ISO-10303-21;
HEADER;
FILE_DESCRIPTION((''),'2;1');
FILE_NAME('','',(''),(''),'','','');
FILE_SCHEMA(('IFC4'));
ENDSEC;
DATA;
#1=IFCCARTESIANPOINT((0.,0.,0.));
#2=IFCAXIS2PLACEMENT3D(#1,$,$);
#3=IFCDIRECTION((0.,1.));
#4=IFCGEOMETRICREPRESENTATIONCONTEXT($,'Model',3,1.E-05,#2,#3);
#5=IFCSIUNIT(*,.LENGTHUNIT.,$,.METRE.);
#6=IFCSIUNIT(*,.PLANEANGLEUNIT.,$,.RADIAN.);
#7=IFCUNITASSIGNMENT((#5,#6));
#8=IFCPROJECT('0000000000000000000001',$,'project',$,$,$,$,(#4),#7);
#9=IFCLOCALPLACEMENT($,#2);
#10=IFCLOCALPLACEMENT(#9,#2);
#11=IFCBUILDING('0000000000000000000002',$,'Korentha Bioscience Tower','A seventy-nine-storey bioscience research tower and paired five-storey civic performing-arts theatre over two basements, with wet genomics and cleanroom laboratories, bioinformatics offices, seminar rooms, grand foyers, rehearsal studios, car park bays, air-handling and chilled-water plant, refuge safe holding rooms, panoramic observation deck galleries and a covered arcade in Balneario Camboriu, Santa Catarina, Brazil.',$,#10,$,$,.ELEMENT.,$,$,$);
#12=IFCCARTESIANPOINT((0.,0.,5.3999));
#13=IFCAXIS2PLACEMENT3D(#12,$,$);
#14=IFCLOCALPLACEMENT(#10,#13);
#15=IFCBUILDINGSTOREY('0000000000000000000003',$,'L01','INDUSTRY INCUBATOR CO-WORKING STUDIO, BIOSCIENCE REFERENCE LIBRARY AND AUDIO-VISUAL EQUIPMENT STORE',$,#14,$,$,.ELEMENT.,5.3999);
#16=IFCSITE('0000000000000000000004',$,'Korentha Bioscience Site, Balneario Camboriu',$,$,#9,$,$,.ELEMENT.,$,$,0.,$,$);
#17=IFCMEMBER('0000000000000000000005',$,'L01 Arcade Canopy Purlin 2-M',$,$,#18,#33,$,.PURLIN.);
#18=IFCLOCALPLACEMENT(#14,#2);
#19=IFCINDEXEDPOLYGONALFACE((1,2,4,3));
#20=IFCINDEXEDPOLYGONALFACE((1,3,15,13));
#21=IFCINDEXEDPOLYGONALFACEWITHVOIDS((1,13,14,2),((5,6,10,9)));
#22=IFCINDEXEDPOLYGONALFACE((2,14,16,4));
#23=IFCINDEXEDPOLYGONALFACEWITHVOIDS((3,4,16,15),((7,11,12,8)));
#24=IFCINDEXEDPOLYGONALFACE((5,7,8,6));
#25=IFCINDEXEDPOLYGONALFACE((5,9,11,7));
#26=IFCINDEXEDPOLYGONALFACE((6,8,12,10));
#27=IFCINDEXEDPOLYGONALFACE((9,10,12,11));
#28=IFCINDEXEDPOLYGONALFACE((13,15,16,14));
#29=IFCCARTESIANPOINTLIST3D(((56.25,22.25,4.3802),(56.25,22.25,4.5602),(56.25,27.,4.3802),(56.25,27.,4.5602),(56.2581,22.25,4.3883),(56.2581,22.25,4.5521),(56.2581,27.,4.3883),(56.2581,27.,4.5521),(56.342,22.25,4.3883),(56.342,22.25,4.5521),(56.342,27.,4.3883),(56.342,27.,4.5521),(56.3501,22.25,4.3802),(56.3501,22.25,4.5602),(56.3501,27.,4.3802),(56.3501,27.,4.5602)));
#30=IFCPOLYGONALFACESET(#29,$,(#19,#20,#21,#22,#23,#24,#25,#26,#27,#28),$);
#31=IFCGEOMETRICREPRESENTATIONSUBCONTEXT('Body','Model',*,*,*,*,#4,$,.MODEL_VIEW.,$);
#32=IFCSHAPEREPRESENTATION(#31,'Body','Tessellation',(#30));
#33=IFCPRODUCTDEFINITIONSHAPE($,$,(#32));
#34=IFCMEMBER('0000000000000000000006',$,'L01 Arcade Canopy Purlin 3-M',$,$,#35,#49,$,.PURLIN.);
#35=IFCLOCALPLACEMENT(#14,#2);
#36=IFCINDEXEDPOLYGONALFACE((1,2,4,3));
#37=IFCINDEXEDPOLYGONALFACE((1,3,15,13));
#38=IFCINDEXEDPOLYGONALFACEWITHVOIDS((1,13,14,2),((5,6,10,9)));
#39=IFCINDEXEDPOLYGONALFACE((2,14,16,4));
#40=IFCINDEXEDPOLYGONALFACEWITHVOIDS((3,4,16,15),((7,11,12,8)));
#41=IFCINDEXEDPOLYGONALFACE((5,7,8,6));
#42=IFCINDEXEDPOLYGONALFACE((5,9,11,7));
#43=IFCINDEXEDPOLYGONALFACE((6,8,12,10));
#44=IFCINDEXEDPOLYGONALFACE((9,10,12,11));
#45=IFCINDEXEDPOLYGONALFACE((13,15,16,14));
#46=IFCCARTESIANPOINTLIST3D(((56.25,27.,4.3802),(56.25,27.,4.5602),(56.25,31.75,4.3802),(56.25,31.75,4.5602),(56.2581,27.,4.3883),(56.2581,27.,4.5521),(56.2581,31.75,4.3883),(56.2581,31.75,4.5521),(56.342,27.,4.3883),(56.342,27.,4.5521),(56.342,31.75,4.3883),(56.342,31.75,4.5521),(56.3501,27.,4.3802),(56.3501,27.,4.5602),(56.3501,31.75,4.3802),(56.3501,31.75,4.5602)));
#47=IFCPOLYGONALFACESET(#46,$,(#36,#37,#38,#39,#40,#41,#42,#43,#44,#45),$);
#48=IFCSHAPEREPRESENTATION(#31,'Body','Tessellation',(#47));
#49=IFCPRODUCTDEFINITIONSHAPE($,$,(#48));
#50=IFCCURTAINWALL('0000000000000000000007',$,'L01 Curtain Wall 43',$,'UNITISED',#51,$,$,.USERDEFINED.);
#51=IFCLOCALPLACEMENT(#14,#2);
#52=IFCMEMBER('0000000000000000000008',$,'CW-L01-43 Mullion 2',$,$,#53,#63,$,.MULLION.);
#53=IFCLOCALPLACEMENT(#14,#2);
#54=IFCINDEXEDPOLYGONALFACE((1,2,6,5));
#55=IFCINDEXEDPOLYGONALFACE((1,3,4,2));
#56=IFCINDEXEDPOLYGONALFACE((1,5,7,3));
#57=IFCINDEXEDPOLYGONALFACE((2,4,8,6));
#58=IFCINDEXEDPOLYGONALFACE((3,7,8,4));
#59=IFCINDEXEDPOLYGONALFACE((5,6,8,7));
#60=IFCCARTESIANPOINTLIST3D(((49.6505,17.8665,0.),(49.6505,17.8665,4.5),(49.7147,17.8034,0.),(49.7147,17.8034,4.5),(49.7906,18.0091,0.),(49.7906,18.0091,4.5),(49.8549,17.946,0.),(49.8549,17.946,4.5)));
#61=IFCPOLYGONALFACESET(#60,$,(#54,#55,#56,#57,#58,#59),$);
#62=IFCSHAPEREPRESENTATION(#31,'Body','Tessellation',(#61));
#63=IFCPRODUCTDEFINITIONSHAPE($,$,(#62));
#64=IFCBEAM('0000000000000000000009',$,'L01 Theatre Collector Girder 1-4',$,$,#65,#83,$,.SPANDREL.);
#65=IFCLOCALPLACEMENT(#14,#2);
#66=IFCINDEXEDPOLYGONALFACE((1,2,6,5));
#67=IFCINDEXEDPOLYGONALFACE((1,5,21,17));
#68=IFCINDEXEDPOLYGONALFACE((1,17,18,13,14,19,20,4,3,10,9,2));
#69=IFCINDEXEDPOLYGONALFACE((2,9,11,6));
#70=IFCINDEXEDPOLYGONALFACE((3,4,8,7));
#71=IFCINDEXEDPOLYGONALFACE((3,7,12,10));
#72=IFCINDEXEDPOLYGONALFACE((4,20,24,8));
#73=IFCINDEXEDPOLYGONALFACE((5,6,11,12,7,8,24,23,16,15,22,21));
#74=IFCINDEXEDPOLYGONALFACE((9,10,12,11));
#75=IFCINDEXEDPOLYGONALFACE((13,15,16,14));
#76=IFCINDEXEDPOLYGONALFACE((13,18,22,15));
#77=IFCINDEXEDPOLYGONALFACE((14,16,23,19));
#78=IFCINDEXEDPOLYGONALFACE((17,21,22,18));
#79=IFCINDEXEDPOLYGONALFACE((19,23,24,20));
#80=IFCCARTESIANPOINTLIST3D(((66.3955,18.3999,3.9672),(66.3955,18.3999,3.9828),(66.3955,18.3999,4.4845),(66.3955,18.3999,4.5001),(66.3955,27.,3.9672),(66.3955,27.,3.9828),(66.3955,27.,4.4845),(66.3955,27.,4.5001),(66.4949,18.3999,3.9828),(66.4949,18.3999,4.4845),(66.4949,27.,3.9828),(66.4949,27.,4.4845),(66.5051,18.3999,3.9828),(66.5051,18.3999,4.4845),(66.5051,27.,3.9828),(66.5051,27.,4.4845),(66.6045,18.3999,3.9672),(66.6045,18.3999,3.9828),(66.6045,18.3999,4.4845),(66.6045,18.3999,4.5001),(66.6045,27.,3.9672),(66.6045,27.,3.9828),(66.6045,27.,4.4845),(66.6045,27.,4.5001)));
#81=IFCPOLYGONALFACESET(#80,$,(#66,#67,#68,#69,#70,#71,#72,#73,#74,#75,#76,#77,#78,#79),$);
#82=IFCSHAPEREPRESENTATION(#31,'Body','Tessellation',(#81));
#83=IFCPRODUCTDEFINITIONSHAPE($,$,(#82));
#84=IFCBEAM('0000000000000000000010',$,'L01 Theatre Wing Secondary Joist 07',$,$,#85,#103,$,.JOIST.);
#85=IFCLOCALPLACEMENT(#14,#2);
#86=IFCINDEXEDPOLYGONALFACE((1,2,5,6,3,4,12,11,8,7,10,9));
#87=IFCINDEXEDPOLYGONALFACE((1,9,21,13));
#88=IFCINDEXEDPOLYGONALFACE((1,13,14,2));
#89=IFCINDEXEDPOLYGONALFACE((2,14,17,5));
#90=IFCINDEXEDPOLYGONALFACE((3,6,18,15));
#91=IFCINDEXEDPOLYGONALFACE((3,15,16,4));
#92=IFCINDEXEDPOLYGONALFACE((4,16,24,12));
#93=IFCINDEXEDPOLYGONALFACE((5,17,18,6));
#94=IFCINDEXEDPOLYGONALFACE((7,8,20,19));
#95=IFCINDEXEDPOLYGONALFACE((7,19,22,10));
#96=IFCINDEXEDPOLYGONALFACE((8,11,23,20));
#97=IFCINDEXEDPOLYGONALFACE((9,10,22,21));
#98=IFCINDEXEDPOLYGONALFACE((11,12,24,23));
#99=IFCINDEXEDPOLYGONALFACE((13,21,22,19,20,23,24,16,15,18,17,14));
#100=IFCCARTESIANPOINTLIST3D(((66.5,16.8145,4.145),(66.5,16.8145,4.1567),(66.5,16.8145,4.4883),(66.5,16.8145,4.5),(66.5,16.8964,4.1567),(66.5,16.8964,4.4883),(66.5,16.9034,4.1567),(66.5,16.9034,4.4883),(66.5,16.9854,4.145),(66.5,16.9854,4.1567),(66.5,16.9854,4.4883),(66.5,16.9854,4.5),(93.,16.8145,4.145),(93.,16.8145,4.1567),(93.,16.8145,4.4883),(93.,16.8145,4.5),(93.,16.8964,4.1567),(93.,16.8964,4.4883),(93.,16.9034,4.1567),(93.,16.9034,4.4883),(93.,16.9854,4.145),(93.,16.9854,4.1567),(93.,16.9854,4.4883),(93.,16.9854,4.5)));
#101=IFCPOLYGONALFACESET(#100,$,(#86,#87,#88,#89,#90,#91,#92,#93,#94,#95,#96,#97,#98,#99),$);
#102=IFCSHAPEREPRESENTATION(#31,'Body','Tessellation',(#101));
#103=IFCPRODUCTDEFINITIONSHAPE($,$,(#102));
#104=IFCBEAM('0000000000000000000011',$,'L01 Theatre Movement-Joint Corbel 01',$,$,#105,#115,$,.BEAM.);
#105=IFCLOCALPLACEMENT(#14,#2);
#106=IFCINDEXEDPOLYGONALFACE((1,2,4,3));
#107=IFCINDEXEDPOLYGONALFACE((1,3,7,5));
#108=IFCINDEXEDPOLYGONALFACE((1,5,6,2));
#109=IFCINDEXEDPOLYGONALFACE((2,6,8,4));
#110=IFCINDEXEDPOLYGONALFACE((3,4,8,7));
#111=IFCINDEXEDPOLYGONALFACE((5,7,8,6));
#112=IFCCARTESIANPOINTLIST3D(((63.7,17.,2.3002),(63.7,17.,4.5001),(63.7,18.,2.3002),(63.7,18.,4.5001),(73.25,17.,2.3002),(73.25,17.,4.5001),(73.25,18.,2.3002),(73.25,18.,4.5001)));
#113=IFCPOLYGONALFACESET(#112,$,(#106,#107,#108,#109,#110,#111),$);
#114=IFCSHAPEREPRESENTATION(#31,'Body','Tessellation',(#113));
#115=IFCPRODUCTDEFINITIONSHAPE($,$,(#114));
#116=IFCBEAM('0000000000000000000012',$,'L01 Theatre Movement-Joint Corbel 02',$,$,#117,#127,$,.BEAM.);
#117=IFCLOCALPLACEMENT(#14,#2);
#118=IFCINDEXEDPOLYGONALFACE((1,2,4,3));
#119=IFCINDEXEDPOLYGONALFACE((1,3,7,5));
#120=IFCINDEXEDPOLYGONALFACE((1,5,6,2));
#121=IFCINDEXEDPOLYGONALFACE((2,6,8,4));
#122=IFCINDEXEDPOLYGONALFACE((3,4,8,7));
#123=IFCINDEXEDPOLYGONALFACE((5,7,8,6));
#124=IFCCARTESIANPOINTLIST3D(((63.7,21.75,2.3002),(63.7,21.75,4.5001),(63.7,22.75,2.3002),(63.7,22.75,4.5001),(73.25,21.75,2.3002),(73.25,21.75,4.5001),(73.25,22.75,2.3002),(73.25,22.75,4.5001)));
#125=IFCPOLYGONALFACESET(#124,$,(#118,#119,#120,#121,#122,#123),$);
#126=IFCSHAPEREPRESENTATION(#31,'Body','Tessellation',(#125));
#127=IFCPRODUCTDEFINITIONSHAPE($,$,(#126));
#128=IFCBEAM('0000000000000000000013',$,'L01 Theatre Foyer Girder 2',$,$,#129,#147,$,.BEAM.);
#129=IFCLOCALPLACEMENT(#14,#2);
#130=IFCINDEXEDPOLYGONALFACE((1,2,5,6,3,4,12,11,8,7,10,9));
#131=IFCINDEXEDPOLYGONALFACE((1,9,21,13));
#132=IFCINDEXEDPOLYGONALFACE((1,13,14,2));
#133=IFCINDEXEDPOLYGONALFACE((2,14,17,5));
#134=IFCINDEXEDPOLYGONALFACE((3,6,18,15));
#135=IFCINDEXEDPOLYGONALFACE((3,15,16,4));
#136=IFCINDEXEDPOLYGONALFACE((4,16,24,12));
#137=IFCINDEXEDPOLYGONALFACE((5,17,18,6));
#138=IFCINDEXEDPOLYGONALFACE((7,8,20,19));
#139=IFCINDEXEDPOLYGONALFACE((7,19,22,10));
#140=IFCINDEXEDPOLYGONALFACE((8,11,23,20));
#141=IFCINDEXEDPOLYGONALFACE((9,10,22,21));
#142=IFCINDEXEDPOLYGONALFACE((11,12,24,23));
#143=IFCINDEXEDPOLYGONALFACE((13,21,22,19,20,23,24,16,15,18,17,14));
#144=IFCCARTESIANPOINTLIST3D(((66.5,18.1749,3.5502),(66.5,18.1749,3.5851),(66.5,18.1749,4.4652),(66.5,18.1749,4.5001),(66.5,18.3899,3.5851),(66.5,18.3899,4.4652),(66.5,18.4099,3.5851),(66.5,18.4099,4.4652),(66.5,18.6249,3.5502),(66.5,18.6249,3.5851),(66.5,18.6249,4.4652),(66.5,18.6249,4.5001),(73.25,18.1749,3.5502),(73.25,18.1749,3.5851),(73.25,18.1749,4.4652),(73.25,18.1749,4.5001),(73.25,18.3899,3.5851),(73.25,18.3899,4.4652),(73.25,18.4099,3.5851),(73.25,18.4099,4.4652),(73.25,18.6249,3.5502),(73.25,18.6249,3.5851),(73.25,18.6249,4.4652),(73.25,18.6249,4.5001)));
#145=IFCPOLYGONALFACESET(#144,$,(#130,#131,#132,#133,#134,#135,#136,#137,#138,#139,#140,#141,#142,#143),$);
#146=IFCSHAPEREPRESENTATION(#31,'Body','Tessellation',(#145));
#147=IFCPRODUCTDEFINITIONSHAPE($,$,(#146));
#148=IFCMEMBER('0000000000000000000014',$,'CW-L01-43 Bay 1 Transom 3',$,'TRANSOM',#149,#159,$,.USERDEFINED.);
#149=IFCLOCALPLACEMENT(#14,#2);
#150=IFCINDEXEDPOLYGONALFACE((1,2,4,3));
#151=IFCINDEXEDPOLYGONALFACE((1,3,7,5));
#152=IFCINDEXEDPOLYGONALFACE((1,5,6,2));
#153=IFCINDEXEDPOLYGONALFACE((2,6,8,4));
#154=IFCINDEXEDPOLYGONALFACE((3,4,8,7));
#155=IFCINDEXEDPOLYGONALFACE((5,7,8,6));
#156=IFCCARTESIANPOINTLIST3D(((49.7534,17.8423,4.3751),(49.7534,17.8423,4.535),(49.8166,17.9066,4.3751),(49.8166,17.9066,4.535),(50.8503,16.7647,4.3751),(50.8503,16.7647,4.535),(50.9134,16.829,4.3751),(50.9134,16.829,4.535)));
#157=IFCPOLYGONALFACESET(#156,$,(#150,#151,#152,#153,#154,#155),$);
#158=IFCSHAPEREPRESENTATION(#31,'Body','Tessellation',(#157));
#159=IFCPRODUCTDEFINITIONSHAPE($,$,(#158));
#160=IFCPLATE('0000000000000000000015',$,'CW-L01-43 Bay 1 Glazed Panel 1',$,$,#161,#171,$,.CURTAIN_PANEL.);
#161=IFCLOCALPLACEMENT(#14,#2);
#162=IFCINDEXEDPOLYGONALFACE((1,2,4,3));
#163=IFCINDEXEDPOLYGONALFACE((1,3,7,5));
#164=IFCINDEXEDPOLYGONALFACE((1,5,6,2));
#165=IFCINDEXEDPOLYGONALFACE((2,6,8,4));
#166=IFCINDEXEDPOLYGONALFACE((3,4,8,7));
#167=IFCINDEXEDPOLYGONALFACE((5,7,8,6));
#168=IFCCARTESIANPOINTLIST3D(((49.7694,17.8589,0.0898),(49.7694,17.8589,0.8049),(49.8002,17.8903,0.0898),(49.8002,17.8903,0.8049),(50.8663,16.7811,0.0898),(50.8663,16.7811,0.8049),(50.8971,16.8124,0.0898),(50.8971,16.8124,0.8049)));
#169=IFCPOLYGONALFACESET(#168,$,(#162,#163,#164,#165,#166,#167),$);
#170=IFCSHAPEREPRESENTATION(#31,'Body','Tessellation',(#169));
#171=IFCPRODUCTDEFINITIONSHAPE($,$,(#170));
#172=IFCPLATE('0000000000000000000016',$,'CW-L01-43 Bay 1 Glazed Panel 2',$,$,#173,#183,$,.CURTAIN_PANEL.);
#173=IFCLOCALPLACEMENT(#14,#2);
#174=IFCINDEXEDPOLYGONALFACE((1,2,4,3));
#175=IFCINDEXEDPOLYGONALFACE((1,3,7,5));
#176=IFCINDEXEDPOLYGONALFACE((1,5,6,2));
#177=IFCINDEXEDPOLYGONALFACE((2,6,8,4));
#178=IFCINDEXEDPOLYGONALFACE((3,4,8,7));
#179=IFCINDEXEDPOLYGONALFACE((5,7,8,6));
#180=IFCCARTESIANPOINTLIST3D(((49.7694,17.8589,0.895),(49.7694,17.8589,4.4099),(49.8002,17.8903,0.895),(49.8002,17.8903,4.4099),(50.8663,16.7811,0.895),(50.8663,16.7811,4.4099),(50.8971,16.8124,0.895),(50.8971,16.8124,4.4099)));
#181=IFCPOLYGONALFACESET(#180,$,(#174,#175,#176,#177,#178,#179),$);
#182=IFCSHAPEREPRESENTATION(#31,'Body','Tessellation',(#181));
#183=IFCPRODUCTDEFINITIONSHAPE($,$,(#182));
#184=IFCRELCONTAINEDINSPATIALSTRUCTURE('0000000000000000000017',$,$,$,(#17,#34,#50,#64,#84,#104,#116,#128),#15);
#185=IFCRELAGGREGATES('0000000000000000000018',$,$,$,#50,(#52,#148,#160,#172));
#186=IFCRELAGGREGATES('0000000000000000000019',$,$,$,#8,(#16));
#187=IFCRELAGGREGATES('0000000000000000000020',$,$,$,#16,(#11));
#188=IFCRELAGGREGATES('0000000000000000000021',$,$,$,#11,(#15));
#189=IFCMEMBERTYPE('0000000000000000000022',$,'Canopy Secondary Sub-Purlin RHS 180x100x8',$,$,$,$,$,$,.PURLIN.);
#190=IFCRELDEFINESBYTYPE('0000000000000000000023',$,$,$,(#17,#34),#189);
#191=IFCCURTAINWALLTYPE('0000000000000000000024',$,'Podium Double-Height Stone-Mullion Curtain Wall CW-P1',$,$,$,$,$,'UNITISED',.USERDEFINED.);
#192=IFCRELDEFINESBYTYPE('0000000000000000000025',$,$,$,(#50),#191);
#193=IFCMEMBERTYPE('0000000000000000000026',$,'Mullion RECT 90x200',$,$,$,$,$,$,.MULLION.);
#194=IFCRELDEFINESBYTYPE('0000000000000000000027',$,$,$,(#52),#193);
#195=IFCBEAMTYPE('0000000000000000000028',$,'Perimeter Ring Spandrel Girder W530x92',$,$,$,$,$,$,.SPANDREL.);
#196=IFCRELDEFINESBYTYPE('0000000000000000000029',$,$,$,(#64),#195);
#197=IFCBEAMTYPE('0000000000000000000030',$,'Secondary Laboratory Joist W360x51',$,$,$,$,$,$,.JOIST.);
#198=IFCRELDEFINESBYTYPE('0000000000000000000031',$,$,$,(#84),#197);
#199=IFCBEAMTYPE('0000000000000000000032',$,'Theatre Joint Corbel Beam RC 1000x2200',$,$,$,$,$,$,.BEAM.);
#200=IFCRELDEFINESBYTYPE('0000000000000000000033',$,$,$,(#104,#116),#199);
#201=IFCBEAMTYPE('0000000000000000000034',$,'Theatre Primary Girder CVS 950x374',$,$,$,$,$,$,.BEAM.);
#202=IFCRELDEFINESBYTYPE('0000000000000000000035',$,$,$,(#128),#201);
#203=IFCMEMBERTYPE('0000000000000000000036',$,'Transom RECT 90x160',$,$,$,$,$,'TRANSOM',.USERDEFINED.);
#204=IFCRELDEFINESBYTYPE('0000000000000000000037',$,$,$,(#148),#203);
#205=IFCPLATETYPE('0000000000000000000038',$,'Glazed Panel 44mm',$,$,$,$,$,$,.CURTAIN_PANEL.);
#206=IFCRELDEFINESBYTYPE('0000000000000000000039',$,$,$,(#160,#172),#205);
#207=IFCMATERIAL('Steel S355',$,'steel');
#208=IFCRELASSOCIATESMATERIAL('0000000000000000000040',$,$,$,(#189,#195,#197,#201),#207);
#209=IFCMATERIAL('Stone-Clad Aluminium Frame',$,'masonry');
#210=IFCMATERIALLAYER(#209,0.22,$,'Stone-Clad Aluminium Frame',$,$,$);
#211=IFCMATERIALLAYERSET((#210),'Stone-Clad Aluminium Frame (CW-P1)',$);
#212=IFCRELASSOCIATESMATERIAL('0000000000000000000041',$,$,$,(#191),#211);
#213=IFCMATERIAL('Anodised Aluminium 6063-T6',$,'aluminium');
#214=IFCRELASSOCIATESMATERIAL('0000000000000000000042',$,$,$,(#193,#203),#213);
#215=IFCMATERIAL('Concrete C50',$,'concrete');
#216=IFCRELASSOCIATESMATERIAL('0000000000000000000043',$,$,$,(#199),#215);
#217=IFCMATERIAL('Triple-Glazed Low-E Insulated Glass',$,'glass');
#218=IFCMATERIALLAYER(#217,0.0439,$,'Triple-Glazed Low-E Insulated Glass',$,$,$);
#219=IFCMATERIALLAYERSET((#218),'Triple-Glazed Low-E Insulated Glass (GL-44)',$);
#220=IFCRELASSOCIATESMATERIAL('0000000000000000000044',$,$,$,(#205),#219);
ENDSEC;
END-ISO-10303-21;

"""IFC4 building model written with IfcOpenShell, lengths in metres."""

from ifc_helpers import new_model, si_unit, direction, frame, origin, origin_2d, place, context, subcontext, project, spatial, rectangle, hollow_rectangle, i_section, extrude, material, layer, layer_set, material_profile, profile_set, type_object, element, aggregate, save


model = new_model("IFC4")

# Units and contexts
model_context = context("Model", 3, precision=1e-05, world=origin(), true_north=direction((0.0, 1.0)))
body_context = subcontext(model_context, "Body", "Model", "MODEL_VIEW")
ifc_project = project(units=[si_unit("LENGTHUNIT", "METRE"), si_unit("PLANEANGLEUNIT", "RADIAN")], contexts=[model_context])

# Site, building, storey
site_placement = place(None, origin())
site = spatial("IfcSite", under=ifc_project, at=site_placement, Name="Korentha Bioscience Site, Balneario Camboriu", CompositionType="ELEMENT", RefElevation=0.0)
building_placement = place(site_placement, origin())
building = spatial("IfcBuilding", under=site, at=building_placement, Name="Korentha Bioscience Tower", Description="A seventy-nine-storey bioscience research tower and paired five-storey civic performing-arts theatre over two basements, with wet genomics and cleanroom laboratories, bioinformatics offices, seminar rooms, grand foyers, rehearsal studios, car park bays, air-handling and chilled-water plant, refuge safe holding rooms, panoramic observation deck galleries and a covered arcade in Balneario Camboriu, Santa Catarina, Brazil.", CompositionType="ELEMENT")
storey_placement = place(building_placement, frame((0.0, 0.0, 5.3999)))
storey = spatial("IfcBuildingStorey", under=building, at=storey_placement, Name="L01", Description="INDUSTRY INCUBATOR CO-WORKING STUDIO, BIOSCIENCE REFERENCE LIBRARY AND AUDIO-VISUAL EQUIPMENT STORE", CompositionType="ELEMENT", Elevation=5.3999)

# Shared definitions
ifc_material_1 = material(Name="Steel S355", Category="steel")
ifc_material_2 = material(Name="Concrete C50", Category="concrete")

# Members
ifc_material_profile_1 = material_profile(ifc_material_1, hollow_rectangle(XDim=0.1001, YDim=0.1799, WallThickness=0.0081, at=origin_2d()), Name="Steel S355")
ifc_profile_set_1 = profile_set([ifc_material_profile_1], Name="Steel S355 (AC-P180)")
member_type_1 = type_object("IfcMemberType", Name="Canopy Secondary Sub-Purlin RHS 180x100x8", PredefinedType="PURLIN", material=ifc_profile_set_1)
for number, where, z_axis, x_axis, name in (
    (1, (56.3, 22.25, 4.4702), (0.0, 1.0, 0.0), (-1.0, 0.0, 0.0), "L01 Arcade Canopy Purlin 2-M"),
    (2, (56.3, 27.0, 4.4702), (0.0, 1.0, 0.0), (-1.0, 0.0, 0.0), "L01 Arcade Canopy Purlin 3-M"),
):
    element("IfcMember", number, at=place(storey_placement, frame(where, z_axis=z_axis, x_axis=x_axis)), inside=storey, type_object=member_type_1, Name=name, PredefinedType="PURLIN", context=body_context, shape_type="SweptSolid", body=[
        extrude(hollow_rectangle(XDim=0.1001, YDim=0.1799, WallThickness=0.0081, at=origin_2d()), origin(), (0.0, 0.0, 1.0), 4.75),
    ])

# Curtain wall, member
ifc_material_3 = material(Name="Stone-Clad Aluminium Frame", Category="masonry")
ifc_layer_1 = layer(ifc_material_3, 0.22, Name="Stone-Clad Aluminium Frame")
ifc_layer_set_1 = layer_set([ifc_layer_1], Name="Stone-Clad Aluminium Frame (CW-P1)")
curtain_wall_type = type_object("IfcCurtainWallType", Name="Podium Double-Height Stone-Mullion Curtain Wall CW-P1", ElementType="UNITISED", PredefinedType="USERDEFINED", material=ifc_layer_set_1)
curtain_wall_placement = place(storey_placement, origin())
curtain_wall = element("IfcCurtainWall", 3, at=curtain_wall_placement, inside=storey, type_object=curtain_wall_type, Name="L01 Curtain Wall 43", ObjectType="UNITISED", PredefinedType="USERDEFINED")
ifc_material_4 = material(Name="Anodised Aluminium 6063-T6", Category="aluminium")
ifc_material_profile_2 = material_profile(ifc_material_4, rectangle(XDim=0.0901, YDim=0.2, at=origin_2d()), Name="Anodised Aluminium 6063-T6")
ifc_profile_set_2 = profile_set([ifc_material_profile_2], Name="Anodised Aluminium 6063-T6 (CW-MUL)")
member_type_2 = type_object("IfcMemberType", Name="Mullion RECT 90x200", PredefinedType="MULLION", material=ifc_profile_set_2)
member_1_placement = place(storey_placement, frame((49.7527, 17.9062, 0.0), z_axis=(0.0, 0.0, 1.0), x_axis=(-0.713279, 0.70088, 0.0)))
member_1 = element("IfcMember", 4, at=member_1_placement, type_object=member_type_2, Name="CW-L01-43 Mullion 2", PredefinedType="MULLION", context=body_context, shape_type="SweptSolid", body=[
    extrude(rectangle(XDim=0.0901, YDim=0.2, at=origin_2d()), origin(), (0.0, 0.0, 1.0), 4.5),
])

# Beams
ifc_material_profile_3 = material_profile(ifc_material_1, i_section(OverallWidth=0.209, OverallDepth=0.533, WebThickness=0.0103, FlangeThickness=0.0156, at=origin_2d()), Name="Steel S355")
ifc_profile_set_3 = profile_set([ifc_material_profile_3], Name="Steel S355 (SB-530)")
beam_type_1 = type_object("IfcBeamType", Name="Perimeter Ring Spandrel Girder W530x92", PredefinedType="SPANDREL", material=ifc_profile_set_3)
beam_1_placement = place(storey_placement, frame((66.5, 18.3999, 4.2336), z_axis=(0.0, 1.0, 0.0), x_axis=(-1.0, 0.0, 0.0)))
element("IfcBeam", 5, at=beam_1_placement, inside=storey, type_object=beam_type_1, Name="L01 Theatre Collector Girder 1-4", PredefinedType="SPANDREL", context=body_context, shape_type="SweptSolid", body=[
    extrude(i_section(OverallWidth=0.209, OverallDepth=0.533, WebThickness=0.0103, FlangeThickness=0.0156, at=origin_2d()), origin(), (0.0, 0.0, 1.0), 8.6001),
])
ifc_material_profile_4 = material_profile(ifc_material_1, i_section(OverallWidth=0.1709, OverallDepth=0.355, WebThickness=0.0071, FlangeThickness=0.0117, at=origin_2d()), Name="Steel S355")
ifc_profile_set_4 = profile_set([ifc_material_profile_4], Name="Steel S355 (JB-360)")
beam_type_2 = type_object("IfcBeamType", Name="Secondary Laboratory Joist W360x51", PredefinedType="JOIST", material=ifc_profile_set_4)
beam_2_placement = place(storey_placement, frame((66.5, 16.8999, 4.3225), z_axis=(1.0, 0.0, 0.0), x_axis=(0.0, 1.0, 0.0)))
element("IfcBeam", 6, at=beam_2_placement, inside=storey, type_object=beam_type_2, Name="L01 Theatre Wing Secondary Joist 07", PredefinedType="JOIST", context=body_context, shape_type="SweptSolid", body=[
    extrude(i_section(OverallWidth=0.1709, OverallDepth=0.355, WebThickness=0.0071, FlangeThickness=0.0117, at=origin_2d()), origin(), (0.0, 0.0, 1.0), 26.5),
])
ifc_material_profile_5 = material_profile(ifc_material_2, rectangle(XDim=1.0, YDim=2.2, at=origin_2d()), Name="Concrete C50")
ifc_profile_set_5 = profile_set([ifc_material_profile_5], Name="Concrete C50 (TCB-01)")
beam_type_3 = type_object("IfcBeamType", Name="Theatre Joint Corbel Beam RC 1000x2200", PredefinedType="BEAM", material=ifc_profile_set_5)
for number, where, z_axis, x_axis, name in (
    (7, (63.7, 17.5, 3.4001), (1.0, 0.0, 0.0), (0.0, 1.0, 0.0), "L01 Theatre Movement-Joint Corbel 01"),
    (8, (63.7, 22.25, 3.4001), (1.0, 0.0, 0.0), (0.0, 1.0, 0.0), "L01 Theatre Movement-Joint Corbel 02"),
):
    element("IfcBeam", number, at=place(storey_placement, frame(where, z_axis=z_axis, x_axis=x_axis)), inside=storey, type_object=beam_type_3, Name=name, PredefinedType="BEAM", context=body_context, shape_type="SweptSolid", body=[
        extrude(rectangle(XDim=1.0, YDim=2.2, at=origin_2d()), origin(), (0.0, 0.0, 1.0), 9.55),
    ])
ifc_material_profile_6 = material_profile(ifc_material_1, i_section(OverallWidth=0.45, OverallDepth=0.95, WebThickness=0.02, FlangeThickness=0.0349, at=origin_2d()), Name="Steel S355")
ifc_profile_set_6 = profile_set([ifc_material_profile_6], Name="Steel S355 (TB-950)")
beam_type_4 = type_object("IfcBeamType", Name="Theatre Primary Girder CVS 950x374", PredefinedType="BEAM", material=ifc_profile_set_6)
beam_3_placement = place(storey_placement, frame((66.5, 18.3999, 4.0251), z_axis=(1.0, 0.0, 0.0), x_axis=(0.0, 1.0, 0.0)))
element("IfcBeam", 9, at=beam_3_placement, inside=storey, type_object=beam_type_4, Name="L01 Theatre Foyer Girder 2", PredefinedType="BEAM", context=body_context, shape_type="SweptSolid", body=[
    extrude(i_section(OverallWidth=0.45, OverallDepth=0.95, WebThickness=0.02, FlangeThickness=0.0349, at=origin_2d()), origin(), (0.0, 0.0, 1.0), 6.75),
])

# Member
ifc_material_profile_7 = material_profile(ifc_material_4, rectangle(XDim=0.0901, YDim=0.1599, at=origin_2d()), Name="Anodised Aluminium 6063-T6")
ifc_profile_set_7 = profile_set([ifc_material_profile_7], Name="Anodised Aluminium 6063-T6 (CW-TRN)")
member_type_3 = type_object("IfcMemberType", Name="Transom RECT 90x160", ElementType="TRANSOM", PredefinedType="USERDEFINED", material=ifc_profile_set_7)
member_2_placement = place(storey_placement, frame((50.8818, 16.7969, 4.4551), z_axis=(-0.71335, 0.700808, 0.0), x_axis=(-0.700808, -0.71335, 0.0)))
member_2 = element("IfcMember", 10, at=member_2_placement, type_object=member_type_3, Name="CW-L01-43 Bay 1 Transom 3", ObjectType="TRANSOM", PredefinedType="USERDEFINED", context=body_context, shape_type="SweptSolid", body=[
    extrude(rectangle(XDim=0.0901, YDim=0.1599, at=origin_2d()), origin(), (0.0, 0.0, 1.0), 1.5376),
])

# Plates
ifc_material_5 = material(Name="Triple-Glazed Low-E Insulated Glass", Category="glass")
ifc_layer_2 = layer(ifc_material_5, 0.0439, Name="Triple-Glazed Low-E Insulated Glass")
ifc_layer_set_2 = layer_set([ifc_layer_2], Name="Triple-Glazed Low-E Insulated Glass (GL-44)")
plate_type_1 = type_object("IfcPlateType", Name="Glazed Panel 44mm", PredefinedType="CURTAIN_PANEL", material=ifc_layer_set_2)
plate_1_placement = place(storey_placement, frame((50.3333, 17.3357, 0.0898), z_axis=(0.0, 0.0, 1.0), x_axis=(-0.713279, 0.70088, 0.0)))
plate_1 = element("IfcPlate", 11, at=plate_1_placement, type_object=plate_type_1, Name="CW-L01-43 Bay 1 Glazed Panel 1", PredefinedType="CURTAIN_PANEL", context=body_context, shape_type="SweptSolid", body=[
    extrude(rectangle(XDim=1.5378, YDim=0.0439, at=origin_2d()), origin(), (0.0, 0.0, 1.0), 0.7151),
])
plate_2_placement = place(storey_placement, frame((50.3333, 17.3357, 0.895), z_axis=(0.0, 0.0, 1.0), x_axis=(-0.713279, 0.70088, 0.0)))
plate_2 = element("IfcPlate", 12, at=plate_2_placement, type_object=plate_type_1, Name="CW-L01-43 Bay 1 Glazed Panel 2", PredefinedType="CURTAIN_PANEL", context=body_context, shape_type="SweptSolid", body=[
    extrude(rectangle(XDim=1.5378, YDim=0.0439, at=origin_2d()), origin(), (0.0, 0.0, 1.0), 3.5149),
])
aggregate(curtain_wall, [member_1, member_2, plate_1, plate_2])

save(model, "model.ifc")
